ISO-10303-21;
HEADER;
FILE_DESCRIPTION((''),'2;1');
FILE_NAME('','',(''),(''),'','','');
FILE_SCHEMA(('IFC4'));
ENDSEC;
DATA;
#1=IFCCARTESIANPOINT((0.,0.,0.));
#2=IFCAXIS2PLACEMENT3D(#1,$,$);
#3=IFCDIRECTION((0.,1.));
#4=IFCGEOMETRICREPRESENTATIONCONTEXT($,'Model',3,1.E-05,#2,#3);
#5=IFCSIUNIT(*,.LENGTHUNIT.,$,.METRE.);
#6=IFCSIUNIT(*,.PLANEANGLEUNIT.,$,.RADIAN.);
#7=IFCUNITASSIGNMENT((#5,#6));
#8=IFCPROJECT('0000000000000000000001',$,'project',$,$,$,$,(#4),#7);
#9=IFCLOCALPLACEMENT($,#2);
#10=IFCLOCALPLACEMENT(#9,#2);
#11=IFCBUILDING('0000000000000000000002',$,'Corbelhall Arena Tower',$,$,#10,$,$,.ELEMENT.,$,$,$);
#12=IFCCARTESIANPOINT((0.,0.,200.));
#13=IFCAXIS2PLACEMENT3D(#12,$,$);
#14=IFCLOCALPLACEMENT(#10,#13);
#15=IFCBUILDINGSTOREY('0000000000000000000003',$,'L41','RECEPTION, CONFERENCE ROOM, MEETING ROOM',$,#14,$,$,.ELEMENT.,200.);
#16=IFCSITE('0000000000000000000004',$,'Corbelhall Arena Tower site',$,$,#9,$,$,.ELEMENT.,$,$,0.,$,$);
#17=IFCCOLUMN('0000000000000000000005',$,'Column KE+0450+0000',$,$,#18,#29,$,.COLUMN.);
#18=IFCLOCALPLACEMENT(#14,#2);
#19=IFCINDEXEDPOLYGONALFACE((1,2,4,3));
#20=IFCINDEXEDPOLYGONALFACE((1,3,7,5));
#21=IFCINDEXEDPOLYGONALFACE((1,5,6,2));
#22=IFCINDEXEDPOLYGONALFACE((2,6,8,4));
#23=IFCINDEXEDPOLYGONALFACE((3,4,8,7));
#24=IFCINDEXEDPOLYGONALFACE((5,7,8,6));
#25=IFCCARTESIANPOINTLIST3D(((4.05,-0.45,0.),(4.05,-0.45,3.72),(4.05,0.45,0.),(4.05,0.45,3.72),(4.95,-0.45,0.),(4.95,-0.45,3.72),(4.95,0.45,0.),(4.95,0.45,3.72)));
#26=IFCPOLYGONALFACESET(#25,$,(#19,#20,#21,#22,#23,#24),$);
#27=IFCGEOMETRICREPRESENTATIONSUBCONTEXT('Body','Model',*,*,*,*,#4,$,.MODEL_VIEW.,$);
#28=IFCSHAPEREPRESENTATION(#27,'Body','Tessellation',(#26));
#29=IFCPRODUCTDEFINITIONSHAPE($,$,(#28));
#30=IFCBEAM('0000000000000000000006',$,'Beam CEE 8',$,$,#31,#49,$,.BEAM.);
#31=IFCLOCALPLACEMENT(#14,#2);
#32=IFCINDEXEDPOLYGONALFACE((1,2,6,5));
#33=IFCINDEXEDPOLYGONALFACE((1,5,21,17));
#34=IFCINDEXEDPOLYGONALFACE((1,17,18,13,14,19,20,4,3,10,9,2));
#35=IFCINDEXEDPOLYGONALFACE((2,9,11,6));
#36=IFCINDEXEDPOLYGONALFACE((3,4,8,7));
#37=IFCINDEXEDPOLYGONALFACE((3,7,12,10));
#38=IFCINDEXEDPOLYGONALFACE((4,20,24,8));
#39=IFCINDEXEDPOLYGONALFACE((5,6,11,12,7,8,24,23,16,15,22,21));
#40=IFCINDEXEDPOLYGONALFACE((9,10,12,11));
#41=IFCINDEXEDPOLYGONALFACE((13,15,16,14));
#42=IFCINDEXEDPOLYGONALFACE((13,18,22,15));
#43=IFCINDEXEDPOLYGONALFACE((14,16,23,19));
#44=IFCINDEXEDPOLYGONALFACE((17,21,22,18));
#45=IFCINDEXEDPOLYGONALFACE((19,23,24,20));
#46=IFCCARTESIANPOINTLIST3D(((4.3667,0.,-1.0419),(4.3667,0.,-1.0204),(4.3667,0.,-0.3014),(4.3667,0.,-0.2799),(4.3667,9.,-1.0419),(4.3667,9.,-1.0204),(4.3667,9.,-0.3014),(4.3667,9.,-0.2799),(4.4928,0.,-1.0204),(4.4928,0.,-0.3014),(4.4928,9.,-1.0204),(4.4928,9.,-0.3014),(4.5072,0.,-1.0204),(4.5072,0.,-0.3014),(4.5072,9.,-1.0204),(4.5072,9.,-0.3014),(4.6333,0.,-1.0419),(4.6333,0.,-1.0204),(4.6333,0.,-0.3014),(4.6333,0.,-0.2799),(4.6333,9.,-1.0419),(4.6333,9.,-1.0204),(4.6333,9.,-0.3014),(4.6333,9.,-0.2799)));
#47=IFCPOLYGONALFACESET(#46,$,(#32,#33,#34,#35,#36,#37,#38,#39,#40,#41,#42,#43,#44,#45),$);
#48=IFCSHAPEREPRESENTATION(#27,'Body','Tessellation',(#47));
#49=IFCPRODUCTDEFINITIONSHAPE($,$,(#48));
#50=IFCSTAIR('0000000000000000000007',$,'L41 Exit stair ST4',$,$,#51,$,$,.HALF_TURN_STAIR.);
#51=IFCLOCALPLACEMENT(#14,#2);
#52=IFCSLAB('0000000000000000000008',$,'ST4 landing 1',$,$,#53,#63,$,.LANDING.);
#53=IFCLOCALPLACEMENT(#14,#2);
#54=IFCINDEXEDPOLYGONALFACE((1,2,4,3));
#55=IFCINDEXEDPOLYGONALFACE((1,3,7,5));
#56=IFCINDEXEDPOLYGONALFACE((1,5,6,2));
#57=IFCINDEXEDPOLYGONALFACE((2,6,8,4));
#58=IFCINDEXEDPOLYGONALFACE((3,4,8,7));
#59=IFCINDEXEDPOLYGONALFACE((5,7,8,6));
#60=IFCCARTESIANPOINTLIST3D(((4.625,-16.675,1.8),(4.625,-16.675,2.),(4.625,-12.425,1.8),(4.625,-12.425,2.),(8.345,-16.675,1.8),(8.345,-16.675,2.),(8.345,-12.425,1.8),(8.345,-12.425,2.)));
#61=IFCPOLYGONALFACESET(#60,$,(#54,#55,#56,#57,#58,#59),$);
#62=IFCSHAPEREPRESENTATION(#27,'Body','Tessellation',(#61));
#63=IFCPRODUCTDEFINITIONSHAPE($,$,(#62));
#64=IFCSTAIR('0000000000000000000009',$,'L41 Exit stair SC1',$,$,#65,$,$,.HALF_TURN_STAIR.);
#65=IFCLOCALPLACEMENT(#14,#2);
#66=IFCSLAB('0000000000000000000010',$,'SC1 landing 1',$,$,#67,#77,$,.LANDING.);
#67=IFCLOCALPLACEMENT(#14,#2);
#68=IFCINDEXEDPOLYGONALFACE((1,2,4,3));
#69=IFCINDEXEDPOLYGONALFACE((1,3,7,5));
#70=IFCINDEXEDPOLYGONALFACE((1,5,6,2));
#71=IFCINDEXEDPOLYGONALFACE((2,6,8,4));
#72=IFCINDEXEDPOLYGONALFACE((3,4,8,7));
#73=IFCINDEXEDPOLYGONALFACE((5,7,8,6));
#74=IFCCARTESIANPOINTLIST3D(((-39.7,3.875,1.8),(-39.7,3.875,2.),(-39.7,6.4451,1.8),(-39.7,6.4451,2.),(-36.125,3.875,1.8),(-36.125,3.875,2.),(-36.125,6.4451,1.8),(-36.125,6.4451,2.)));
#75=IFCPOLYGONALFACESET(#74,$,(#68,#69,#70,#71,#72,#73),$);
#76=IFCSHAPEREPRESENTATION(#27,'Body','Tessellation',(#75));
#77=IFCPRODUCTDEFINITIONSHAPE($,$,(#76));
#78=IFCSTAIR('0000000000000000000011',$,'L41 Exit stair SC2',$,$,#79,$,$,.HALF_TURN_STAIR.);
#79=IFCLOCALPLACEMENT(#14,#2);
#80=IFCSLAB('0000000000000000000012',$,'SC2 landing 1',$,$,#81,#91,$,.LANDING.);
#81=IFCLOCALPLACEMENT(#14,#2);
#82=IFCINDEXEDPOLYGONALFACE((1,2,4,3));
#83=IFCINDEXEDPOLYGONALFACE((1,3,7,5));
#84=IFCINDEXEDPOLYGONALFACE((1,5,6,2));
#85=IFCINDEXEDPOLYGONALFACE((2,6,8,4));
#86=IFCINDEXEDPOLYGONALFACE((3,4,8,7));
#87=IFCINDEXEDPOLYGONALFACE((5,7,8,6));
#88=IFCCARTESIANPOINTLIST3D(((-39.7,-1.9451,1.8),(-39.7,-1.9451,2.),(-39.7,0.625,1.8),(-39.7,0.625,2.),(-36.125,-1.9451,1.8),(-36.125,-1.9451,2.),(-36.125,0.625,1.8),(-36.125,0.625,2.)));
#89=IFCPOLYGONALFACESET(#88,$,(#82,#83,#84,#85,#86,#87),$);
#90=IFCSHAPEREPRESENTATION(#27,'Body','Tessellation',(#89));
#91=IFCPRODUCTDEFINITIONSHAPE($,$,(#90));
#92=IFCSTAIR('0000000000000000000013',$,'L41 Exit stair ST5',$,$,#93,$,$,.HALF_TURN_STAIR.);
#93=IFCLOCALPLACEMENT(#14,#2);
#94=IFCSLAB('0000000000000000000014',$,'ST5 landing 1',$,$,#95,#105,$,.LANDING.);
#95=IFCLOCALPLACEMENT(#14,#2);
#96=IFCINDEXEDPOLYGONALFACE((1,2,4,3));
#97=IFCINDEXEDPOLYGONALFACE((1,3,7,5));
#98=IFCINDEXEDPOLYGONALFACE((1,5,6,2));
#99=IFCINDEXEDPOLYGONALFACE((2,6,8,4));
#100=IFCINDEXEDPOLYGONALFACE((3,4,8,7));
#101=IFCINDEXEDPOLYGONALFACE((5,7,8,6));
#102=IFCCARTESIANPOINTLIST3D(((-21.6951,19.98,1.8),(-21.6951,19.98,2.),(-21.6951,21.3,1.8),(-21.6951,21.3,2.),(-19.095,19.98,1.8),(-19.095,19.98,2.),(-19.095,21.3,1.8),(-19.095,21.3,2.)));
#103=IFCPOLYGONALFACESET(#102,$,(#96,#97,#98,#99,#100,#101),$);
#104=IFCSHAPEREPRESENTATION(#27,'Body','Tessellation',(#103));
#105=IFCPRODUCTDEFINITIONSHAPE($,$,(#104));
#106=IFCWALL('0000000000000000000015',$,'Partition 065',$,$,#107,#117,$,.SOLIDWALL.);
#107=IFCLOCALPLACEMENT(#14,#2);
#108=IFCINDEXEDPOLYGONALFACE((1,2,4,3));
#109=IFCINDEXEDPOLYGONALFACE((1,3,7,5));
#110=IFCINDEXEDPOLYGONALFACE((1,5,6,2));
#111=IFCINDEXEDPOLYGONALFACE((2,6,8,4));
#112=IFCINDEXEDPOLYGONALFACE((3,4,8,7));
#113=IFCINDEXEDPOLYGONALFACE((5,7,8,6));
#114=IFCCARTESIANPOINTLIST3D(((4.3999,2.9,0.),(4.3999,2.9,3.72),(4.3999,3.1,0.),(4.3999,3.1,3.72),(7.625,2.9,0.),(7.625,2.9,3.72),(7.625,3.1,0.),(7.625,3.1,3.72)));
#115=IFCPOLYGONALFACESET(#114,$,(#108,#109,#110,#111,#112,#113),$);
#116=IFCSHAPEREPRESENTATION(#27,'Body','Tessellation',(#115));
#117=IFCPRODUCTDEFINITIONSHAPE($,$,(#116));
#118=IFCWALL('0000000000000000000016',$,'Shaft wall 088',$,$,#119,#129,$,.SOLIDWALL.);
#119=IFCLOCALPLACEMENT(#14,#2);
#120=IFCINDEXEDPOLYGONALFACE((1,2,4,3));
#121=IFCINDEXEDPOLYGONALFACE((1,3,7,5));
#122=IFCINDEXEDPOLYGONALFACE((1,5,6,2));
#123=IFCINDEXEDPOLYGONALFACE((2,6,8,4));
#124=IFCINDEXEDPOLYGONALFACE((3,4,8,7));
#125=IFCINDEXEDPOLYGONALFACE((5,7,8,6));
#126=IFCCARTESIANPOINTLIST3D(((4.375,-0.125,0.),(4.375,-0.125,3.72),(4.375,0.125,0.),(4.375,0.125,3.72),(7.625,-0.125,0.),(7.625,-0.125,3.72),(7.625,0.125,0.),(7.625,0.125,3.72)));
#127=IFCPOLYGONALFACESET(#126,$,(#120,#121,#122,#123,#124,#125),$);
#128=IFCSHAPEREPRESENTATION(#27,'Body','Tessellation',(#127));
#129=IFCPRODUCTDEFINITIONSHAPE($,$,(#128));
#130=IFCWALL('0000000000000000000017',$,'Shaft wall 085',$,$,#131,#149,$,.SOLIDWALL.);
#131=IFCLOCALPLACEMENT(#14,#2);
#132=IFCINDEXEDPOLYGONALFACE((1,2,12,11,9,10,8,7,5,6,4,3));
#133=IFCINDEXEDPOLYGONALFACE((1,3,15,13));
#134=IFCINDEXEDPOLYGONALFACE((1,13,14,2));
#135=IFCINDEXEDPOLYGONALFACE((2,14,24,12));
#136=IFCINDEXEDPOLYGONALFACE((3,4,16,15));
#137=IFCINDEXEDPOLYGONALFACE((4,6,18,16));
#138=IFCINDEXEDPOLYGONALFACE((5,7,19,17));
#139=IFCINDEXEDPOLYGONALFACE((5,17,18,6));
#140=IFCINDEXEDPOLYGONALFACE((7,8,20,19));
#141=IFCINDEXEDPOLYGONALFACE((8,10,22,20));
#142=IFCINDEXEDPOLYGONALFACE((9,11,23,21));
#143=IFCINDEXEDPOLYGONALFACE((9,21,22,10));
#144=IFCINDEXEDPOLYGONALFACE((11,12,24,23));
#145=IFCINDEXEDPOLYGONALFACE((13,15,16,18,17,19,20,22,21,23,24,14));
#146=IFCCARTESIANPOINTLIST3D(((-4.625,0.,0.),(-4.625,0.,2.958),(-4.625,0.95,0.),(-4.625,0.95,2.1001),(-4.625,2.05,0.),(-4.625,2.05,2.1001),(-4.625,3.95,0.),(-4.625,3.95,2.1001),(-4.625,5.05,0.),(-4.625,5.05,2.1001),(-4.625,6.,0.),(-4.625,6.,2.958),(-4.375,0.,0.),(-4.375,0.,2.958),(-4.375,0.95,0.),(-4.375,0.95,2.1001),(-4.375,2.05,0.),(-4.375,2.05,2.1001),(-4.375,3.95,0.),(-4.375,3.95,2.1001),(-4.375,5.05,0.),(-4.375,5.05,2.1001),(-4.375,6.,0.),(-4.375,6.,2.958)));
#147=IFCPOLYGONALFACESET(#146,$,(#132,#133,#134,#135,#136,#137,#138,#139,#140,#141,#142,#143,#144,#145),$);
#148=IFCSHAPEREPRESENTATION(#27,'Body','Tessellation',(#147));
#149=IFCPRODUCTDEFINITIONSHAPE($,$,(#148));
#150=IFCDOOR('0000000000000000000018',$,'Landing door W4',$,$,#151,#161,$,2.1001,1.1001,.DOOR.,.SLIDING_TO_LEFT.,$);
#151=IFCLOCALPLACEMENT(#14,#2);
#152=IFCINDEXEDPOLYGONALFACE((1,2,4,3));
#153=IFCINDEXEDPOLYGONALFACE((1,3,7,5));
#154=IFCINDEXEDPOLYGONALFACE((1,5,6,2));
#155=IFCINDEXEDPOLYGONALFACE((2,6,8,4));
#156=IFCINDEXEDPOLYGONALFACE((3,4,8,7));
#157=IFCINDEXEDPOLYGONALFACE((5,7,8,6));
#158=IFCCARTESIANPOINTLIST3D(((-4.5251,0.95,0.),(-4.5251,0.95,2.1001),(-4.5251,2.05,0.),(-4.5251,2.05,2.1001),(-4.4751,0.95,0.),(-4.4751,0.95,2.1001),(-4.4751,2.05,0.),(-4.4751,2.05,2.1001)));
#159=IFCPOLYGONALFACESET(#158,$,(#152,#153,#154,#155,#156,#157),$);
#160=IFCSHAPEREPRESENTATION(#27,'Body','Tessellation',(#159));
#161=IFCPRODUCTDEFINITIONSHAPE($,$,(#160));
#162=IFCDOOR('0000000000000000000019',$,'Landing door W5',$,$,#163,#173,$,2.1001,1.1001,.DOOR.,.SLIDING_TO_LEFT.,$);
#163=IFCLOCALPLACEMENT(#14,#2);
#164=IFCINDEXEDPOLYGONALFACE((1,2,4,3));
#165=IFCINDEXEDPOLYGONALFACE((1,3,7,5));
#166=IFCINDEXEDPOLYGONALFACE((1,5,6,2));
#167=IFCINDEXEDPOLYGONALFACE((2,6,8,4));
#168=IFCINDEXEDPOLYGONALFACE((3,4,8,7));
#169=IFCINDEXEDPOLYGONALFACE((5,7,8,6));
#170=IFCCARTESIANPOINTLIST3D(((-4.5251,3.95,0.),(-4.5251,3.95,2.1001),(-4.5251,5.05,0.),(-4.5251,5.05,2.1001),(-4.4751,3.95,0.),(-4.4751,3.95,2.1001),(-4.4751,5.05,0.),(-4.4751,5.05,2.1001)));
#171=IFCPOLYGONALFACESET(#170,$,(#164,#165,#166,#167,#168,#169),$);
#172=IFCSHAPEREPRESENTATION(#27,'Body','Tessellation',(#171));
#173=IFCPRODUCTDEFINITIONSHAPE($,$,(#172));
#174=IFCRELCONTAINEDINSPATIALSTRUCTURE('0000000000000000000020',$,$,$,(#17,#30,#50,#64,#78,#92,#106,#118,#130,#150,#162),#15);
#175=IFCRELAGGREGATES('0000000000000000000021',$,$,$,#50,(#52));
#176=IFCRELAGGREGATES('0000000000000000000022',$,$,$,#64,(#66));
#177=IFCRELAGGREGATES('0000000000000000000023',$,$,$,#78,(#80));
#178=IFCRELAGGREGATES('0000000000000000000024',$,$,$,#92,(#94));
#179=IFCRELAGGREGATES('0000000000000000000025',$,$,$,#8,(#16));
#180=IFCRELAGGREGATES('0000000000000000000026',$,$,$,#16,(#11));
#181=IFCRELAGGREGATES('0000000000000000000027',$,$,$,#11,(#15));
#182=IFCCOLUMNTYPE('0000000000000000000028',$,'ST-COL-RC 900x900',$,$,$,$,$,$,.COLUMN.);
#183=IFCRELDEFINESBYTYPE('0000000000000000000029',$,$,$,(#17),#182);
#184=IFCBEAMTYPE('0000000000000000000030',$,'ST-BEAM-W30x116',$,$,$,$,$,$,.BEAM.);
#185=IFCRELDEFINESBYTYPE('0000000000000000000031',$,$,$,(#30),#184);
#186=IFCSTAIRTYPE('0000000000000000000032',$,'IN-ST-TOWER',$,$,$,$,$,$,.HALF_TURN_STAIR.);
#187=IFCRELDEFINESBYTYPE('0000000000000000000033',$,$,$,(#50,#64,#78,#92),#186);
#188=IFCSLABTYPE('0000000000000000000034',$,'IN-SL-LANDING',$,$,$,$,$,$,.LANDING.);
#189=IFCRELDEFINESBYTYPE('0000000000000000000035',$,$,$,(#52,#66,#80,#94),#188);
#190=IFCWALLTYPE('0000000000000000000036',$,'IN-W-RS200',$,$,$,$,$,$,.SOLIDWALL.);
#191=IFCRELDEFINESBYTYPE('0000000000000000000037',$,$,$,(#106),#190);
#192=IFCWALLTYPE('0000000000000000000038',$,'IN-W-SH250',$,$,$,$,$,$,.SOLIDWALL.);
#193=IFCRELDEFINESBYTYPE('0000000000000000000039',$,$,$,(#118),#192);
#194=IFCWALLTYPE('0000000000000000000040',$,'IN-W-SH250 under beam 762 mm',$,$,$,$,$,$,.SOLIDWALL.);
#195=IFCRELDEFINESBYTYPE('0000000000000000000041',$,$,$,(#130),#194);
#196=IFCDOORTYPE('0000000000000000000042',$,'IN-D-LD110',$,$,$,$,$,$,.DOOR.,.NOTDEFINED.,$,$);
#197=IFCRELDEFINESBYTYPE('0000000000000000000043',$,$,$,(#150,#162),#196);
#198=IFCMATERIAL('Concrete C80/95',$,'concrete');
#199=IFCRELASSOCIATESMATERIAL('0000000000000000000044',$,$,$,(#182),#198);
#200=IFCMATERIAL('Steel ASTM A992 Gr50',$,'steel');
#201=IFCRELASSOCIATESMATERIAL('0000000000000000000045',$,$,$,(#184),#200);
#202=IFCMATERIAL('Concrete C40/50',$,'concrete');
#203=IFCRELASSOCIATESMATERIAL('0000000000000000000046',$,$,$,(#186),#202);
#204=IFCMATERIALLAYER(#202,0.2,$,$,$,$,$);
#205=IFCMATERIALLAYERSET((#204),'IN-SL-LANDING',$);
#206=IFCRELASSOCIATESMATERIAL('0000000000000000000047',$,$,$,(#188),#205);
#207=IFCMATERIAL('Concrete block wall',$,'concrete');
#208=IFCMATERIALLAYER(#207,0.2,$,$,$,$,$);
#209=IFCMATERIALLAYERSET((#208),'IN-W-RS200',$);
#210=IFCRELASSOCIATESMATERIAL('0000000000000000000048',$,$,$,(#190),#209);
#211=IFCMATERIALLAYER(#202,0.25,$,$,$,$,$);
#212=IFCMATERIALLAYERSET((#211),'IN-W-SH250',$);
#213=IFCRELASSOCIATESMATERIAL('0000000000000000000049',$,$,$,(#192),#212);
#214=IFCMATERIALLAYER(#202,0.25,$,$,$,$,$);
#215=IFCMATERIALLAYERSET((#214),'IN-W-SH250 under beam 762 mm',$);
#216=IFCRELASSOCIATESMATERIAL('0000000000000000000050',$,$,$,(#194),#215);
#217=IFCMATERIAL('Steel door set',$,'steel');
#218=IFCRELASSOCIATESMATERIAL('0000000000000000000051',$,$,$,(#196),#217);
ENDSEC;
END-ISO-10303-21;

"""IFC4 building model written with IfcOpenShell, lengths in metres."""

from ifc_helpers import new_model, si_unit, direction, frame, frame_2d, origin, origin_2d, place, context, subcontext, project, spatial, polyline, rectangle, i_section, outline, extrude, material, layer, layer_set, material_profile, profile_set, type_object, element, fill, aggregate, save


model = new_model("IFC4")

# Units and contexts
model_context = context("Model", 3, precision=1e-05, world=origin(), true_north=direction((0.0, 1.0)))
body_context = subcontext(model_context, "Body", "Model", "MODEL_VIEW")
ifc_project = project(units=[si_unit("LENGTHUNIT", "METRE"), si_unit("PLANEANGLEUNIT", "RADIAN")], contexts=[model_context])

# Site, building, storey
site_placement = place(None, origin())
site = spatial("IfcSite", under=ifc_project, at=site_placement, Name="Corbelhall Arena Tower site", CompositionType="ELEMENT", RefElevation=0.0)
building_placement = place(site_placement, origin())
building = spatial("IfcBuilding", under=site, at=building_placement, Name="Corbelhall Arena Tower", CompositionType="ELEMENT")
storey_placement = place(building_placement, frame((0.0, 0.0, 200.0)))
storey = spatial("IfcBuildingStorey", under=building, at=storey_placement, Name="L41", Description="RECEPTION, CONFERENCE ROOM, MEETING ROOM", CompositionType="ELEMENT", Elevation=200.0)

# Column
ifc_material_1 = material(Name="Concrete C80/95", Category="concrete")
ifc_material_profile_1 = material_profile(ifc_material_1, rectangle(XDim=0.8999, YDim=0.8999, at=origin_2d()))
ifc_profile_set_1 = profile_set([ifc_material_profile_1], Name="Concrete C80/95")
column_type = type_object("IfcColumnType", Name="ST-COL-RC 900x900", PredefinedType="COLUMN", material=ifc_profile_set_1)
column_placement = place(storey_placement, frame((4.5, 0.0, 0.0), z_axis=(0.0, 0.0, 1.0), x_axis=(1.0, 0.0, 0.0)))
element("IfcColumn", 1, at=column_placement, inside=storey, type_object=column_type, Name="Column KE+0450+0000", PredefinedType="COLUMN", context=body_context, shape_type="SweptSolid", body=[
    extrude(rectangle(XDim=0.8999, YDim=0.8999, at=origin_2d()), origin(), (0.0, 0.0, 1.0), 3.72),
])

# Beam
ifc_material_2 = material(Name="Steel ASTM A992 Gr50", Category="steel")
ifc_material_profile_2 = material_profile(ifc_material_2, i_section(OverallWidth=0.2666, OverallDepth=0.762, WebThickness=0.0144, FlangeThickness=0.0215, at=origin_2d()))
ifc_profile_set_2 = profile_set([ifc_material_profile_2], Name="Steel ASTM A992 Gr50")
beam_type = type_object("IfcBeamType", Name="ST-BEAM-W30x116", PredefinedType="BEAM", material=ifc_profile_set_2)
beam_placement = place(storey_placement, frame((4.5, 0.0, -0.6609), z_axis=(0.0, 1.0, 0.0), x_axis=(-1.0, 0.0, 0.0)))
element("IfcBeam", 2, at=beam_placement, inside=storey, type_object=beam_type, Name="Beam CEE 8", PredefinedType="BEAM", context=body_context, shape_type="SweptSolid", body=[
    extrude(i_section(OverallWidth=0.2666, OverallDepth=0.762, WebThickness=0.0144, FlangeThickness=0.0215, at=origin_2d()), origin(), (0.0, 0.0, 1.0), 9.0),
])

# Stairs, slabs
ifc_material_3 = material(Name="Concrete C40/50", Category="concrete")
stair_type = type_object("IfcStairType", Name="IN-ST-TOWER", PredefinedType="HALF_TURN_STAIR", material=ifc_material_3)
stair_1_placement = place(storey_placement, origin())
stair_1 = element("IfcStair", 3, at=stair_1_placement, inside=storey, type_object=stair_type, Name="L41 Exit stair ST4", PredefinedType="HALF_TURN_STAIR")
ifc_layer_1 = layer(ifc_material_3, 0.2)
ifc_layer_set_1 = layer_set([ifc_layer_1], Name="IN-SL-LANDING")
slab_type = type_object("IfcSlabType", Name="IN-SL-LANDING", PredefinedType="LANDING", material=ifc_layer_set_1)
slab_1_placement = place(storey_placement, frame((0.0, 0.0, 1.8)))
slab_1 = element("IfcSlab", 4, at=slab_1_placement, type_object=slab_type, Name="ST4 landing 1", PredefinedType="LANDING", context=body_context, shape_type="SweptSolid", body=[
    extrude(outline(polyline([(8.345, -12.425), (4.625, -12.425), (4.625, -16.675), (8.345, -16.675), (8.345, -12.425)])), origin(), (0.0, 0.0, 1.0), 0.2),
])
aggregate(stair_1, [slab_1])
stair_2_placement = place(storey_placement, origin())
stair_2 = element("IfcStair", 5, at=stair_2_placement, inside=storey, type_object=stair_type, Name="L41 Exit stair SC1", PredefinedType="HALF_TURN_STAIR")
slab_2_placement = place(storey_placement, frame((0.0, 0.0, 1.8)))
slab_2 = element("IfcSlab", 6, at=slab_2_placement, type_object=slab_type, Name="SC1 landing 1", PredefinedType="LANDING", context=body_context, shape_type="SweptSolid", body=[
    extrude(outline(polyline([(-39.7, 6.4451), (-39.7, 3.875), (-36.125, 3.875), (-36.125, 6.4451), (-39.7, 6.4451)])), origin(), (0.0, 0.0, 1.0), 0.2),
])
aggregate(stair_2, [slab_2])
stair_3_placement = place(storey_placement, origin())
stair_3 = element("IfcStair", 7, at=stair_3_placement, inside=storey, type_object=stair_type, Name="L41 Exit stair SC2", PredefinedType="HALF_TURN_STAIR")
slab_3_placement = place(storey_placement, frame((0.0, 0.0, 1.8)))
slab_3 = element("IfcSlab", 8, at=slab_3_placement, type_object=slab_type, Name="SC2 landing 1", PredefinedType="LANDING", context=body_context, shape_type="SweptSolid", body=[
    extrude(outline(polyline([(-36.125, -1.9451), (-36.125, 0.625), (-39.7, 0.625), (-39.7, -1.9451), (-36.125, -1.9451)])), origin(), (0.0, 0.0, 1.0), 0.2),
])
aggregate(stair_3, [slab_3])
stair_4_placement = place(storey_placement, origin())
stair_4 = element("IfcStair", 9, at=stair_4_placement, inside=storey, type_object=stair_type, Name="L41 Exit stair ST5", PredefinedType="HALF_TURN_STAIR")
slab_4_placement = place(storey_placement, frame((0.0, 0.0, 1.8)))
slab_4 = element("IfcSlab", 10, at=slab_4_placement, type_object=slab_type, Name="ST5 landing 1", PredefinedType="LANDING", context=body_context, shape_type="SweptSolid", body=[
    extrude(outline(polyline([(-19.095, 19.98), (-19.095, 21.3), (-21.6951, 21.3), (-21.6951, 19.98), (-19.095, 19.98)])), origin(), (0.0, 0.0, 1.0), 0.2),
])
aggregate(stair_4, [slab_4])

# Wall
ifc_material_4 = material(Name="Concrete block wall", Category="concrete")
ifc_layer_2 = layer(ifc_material_4, 0.2)
ifc_layer_set_2 = layer_set([ifc_layer_2], Name="IN-W-RS200")
wall_type_1 = type_object("IfcWallType", Name="IN-W-RS200", PredefinedType="SOLIDWALL", material=ifc_layer_set_2)
wall_1_placement = place(storey_placement, frame((4.3999, 3.0, 0.0), z_axis=(0.0, 0.0, 1.0), x_axis=(1.0, 0.0, 0.0)))
element("IfcWall", 11, at=wall_1_placement, inside=storey, type_object=wall_type_1, Name="Partition 065", PredefinedType="SOLIDWALL", context=body_context, shape_type="SweptSolid", body=[
    extrude(rectangle(XDim=3.2251, YDim=0.2, at=frame_2d((1.6125, 0.0))), origin(), (0.0, 0.0, 1.0), 3.72),
])

# Shared definitions
ifc_material_5 = material(Name="Steel door set", Category="steel")

# Wall
ifc_layer_3 = layer(ifc_material_3, 0.25)
ifc_layer_set_3 = layer_set([ifc_layer_3], Name="IN-W-SH250")
wall_type_2 = type_object("IfcWallType", Name="IN-W-SH250", PredefinedType="SOLIDWALL", material=ifc_layer_set_3)
wall_2_placement = place(storey_placement, frame((4.375, 0.0, 0.0), z_axis=(0.0, 0.0, 1.0), x_axis=(1.0, 0.0, 0.0)))
element("IfcWall", 12, at=wall_2_placement, inside=storey, type_object=wall_type_2, Name="Shaft wall 088", PredefinedType="SOLIDWALL", context=body_context, shape_type="SweptSolid", body=[
    extrude(rectangle(XDim=3.25, YDim=0.25, at=frame_2d((1.625, 0.0))), origin(), (0.0, 0.0, 1.0), 3.72),
])

# Wall, openings, doors
ifc_layer_4 = layer(ifc_material_3, 0.25)
ifc_layer_set_4 = layer_set([ifc_layer_4], Name="IN-W-SH250 under beam 762 mm")
wall_type_3 = type_object("IfcWallType", Name="IN-W-SH250 under beam 762 mm", PredefinedType="SOLIDWALL", material=ifc_layer_set_4)
wall_3_placement = place(storey_placement, frame((-4.5, 6.0, 0.0), z_axis=(0.0, 0.0, 1.0), x_axis=(0.0, -1.0, 0.0)))
wall_3 = element("IfcWall", 13, at=wall_3_placement, inside=storey, type_object=wall_type_3, Name="Shaft wall 085", PredefinedType="SOLIDWALL", context=body_context, shape_type="SweptSolid", body=[
    extrude(rectangle(XDim=6.0, YDim=0.25, at=frame_2d((3.0, 0.0))), origin(), (0.0, 0.0, 1.0), 2.958),
])
opening_1_placement = place(wall_3_placement, frame((3.95, 0.0, 0.0)))
opening_1 = element("IfcOpeningElement", 14, at=opening_1_placement, cuts=wall_3, PredefinedType="OPENING", context=body_context, shape_type="SweptSolid", body=[
    extrude(rectangle(XDim=1.1001, YDim=2.1001, at=frame_2d((0.55, 1.05))), frame((0.0, 0.125, 0.0), z_axis=(0.0, -1.0, 0.0), x_axis=(1.0, 0.0, 0.0)), (0.0, 0.0, 1.0), 0.25),
])
opening_2_placement = place(wall_3_placement, frame((0.95, 0.0, 0.0)))
opening_2 = element("IfcOpeningElement", 15, at=opening_2_placement, cuts=wall_3, PredefinedType="OPENING", context=body_context, shape_type="SweptSolid", body=[
    extrude(rectangle(XDim=1.1001, YDim=2.1001, at=frame_2d((0.55, 1.05))), frame((0.0, 0.125, 0.0), z_axis=(0.0, -1.0, 0.0), x_axis=(1.0, 0.0, 0.0)), (0.0, 0.0, 1.0), 0.25),
])
door_type_1 = type_object("IfcDoorType", Name="IN-D-LD110", OperationType="NOTDEFINED", PredefinedType="DOOR", material=ifc_material_5)
door_1_placement = place(opening_1_placement, origin())
door_1 = element("IfcDoor", 16, at=door_1_placement, inside=storey, type_object=door_type_1, Name="Landing door W4", OperationType="SLIDING_TO_LEFT", OverallHeight=2.1001, OverallWidth=1.1001, PredefinedType="DOOR", context=body_context, shape_type="SweptSolid", body=[
    extrude(rectangle(XDim=1.1001, YDim=2.1001, at=frame_2d((0.55, 1.05))), frame((0.0, 0.0249, 0.0), z_axis=(0.0, -1.0, 0.0), x_axis=(1.0, 0.0, 0.0)), (0.0, 0.0, 1.0), 0.05),
])
fill(opening_1, door_1)
door_2_placement = place(opening_2_placement, origin())
door_2 = element("IfcDoor", 17, at=door_2_placement, inside=storey, type_object=door_type_1, Name="Landing door W5", OperationType="SLIDING_TO_LEFT", OverallHeight=2.1001, OverallWidth=1.1001, PredefinedType="DOOR", context=body_context, shape_type="SweptSolid", body=[
    extrude(rectangle(XDim=1.1001, YDim=2.1001, at=frame_2d((0.55, 1.05))), frame((0.0, 0.0249, 0.0), z_axis=(0.0, -1.0, 0.0), x_axis=(1.0, 0.0, 0.0)), (0.0, 0.0, 1.0), 0.05),
])
fill(opening_2, door_2)

save(model, "model.ifc")
